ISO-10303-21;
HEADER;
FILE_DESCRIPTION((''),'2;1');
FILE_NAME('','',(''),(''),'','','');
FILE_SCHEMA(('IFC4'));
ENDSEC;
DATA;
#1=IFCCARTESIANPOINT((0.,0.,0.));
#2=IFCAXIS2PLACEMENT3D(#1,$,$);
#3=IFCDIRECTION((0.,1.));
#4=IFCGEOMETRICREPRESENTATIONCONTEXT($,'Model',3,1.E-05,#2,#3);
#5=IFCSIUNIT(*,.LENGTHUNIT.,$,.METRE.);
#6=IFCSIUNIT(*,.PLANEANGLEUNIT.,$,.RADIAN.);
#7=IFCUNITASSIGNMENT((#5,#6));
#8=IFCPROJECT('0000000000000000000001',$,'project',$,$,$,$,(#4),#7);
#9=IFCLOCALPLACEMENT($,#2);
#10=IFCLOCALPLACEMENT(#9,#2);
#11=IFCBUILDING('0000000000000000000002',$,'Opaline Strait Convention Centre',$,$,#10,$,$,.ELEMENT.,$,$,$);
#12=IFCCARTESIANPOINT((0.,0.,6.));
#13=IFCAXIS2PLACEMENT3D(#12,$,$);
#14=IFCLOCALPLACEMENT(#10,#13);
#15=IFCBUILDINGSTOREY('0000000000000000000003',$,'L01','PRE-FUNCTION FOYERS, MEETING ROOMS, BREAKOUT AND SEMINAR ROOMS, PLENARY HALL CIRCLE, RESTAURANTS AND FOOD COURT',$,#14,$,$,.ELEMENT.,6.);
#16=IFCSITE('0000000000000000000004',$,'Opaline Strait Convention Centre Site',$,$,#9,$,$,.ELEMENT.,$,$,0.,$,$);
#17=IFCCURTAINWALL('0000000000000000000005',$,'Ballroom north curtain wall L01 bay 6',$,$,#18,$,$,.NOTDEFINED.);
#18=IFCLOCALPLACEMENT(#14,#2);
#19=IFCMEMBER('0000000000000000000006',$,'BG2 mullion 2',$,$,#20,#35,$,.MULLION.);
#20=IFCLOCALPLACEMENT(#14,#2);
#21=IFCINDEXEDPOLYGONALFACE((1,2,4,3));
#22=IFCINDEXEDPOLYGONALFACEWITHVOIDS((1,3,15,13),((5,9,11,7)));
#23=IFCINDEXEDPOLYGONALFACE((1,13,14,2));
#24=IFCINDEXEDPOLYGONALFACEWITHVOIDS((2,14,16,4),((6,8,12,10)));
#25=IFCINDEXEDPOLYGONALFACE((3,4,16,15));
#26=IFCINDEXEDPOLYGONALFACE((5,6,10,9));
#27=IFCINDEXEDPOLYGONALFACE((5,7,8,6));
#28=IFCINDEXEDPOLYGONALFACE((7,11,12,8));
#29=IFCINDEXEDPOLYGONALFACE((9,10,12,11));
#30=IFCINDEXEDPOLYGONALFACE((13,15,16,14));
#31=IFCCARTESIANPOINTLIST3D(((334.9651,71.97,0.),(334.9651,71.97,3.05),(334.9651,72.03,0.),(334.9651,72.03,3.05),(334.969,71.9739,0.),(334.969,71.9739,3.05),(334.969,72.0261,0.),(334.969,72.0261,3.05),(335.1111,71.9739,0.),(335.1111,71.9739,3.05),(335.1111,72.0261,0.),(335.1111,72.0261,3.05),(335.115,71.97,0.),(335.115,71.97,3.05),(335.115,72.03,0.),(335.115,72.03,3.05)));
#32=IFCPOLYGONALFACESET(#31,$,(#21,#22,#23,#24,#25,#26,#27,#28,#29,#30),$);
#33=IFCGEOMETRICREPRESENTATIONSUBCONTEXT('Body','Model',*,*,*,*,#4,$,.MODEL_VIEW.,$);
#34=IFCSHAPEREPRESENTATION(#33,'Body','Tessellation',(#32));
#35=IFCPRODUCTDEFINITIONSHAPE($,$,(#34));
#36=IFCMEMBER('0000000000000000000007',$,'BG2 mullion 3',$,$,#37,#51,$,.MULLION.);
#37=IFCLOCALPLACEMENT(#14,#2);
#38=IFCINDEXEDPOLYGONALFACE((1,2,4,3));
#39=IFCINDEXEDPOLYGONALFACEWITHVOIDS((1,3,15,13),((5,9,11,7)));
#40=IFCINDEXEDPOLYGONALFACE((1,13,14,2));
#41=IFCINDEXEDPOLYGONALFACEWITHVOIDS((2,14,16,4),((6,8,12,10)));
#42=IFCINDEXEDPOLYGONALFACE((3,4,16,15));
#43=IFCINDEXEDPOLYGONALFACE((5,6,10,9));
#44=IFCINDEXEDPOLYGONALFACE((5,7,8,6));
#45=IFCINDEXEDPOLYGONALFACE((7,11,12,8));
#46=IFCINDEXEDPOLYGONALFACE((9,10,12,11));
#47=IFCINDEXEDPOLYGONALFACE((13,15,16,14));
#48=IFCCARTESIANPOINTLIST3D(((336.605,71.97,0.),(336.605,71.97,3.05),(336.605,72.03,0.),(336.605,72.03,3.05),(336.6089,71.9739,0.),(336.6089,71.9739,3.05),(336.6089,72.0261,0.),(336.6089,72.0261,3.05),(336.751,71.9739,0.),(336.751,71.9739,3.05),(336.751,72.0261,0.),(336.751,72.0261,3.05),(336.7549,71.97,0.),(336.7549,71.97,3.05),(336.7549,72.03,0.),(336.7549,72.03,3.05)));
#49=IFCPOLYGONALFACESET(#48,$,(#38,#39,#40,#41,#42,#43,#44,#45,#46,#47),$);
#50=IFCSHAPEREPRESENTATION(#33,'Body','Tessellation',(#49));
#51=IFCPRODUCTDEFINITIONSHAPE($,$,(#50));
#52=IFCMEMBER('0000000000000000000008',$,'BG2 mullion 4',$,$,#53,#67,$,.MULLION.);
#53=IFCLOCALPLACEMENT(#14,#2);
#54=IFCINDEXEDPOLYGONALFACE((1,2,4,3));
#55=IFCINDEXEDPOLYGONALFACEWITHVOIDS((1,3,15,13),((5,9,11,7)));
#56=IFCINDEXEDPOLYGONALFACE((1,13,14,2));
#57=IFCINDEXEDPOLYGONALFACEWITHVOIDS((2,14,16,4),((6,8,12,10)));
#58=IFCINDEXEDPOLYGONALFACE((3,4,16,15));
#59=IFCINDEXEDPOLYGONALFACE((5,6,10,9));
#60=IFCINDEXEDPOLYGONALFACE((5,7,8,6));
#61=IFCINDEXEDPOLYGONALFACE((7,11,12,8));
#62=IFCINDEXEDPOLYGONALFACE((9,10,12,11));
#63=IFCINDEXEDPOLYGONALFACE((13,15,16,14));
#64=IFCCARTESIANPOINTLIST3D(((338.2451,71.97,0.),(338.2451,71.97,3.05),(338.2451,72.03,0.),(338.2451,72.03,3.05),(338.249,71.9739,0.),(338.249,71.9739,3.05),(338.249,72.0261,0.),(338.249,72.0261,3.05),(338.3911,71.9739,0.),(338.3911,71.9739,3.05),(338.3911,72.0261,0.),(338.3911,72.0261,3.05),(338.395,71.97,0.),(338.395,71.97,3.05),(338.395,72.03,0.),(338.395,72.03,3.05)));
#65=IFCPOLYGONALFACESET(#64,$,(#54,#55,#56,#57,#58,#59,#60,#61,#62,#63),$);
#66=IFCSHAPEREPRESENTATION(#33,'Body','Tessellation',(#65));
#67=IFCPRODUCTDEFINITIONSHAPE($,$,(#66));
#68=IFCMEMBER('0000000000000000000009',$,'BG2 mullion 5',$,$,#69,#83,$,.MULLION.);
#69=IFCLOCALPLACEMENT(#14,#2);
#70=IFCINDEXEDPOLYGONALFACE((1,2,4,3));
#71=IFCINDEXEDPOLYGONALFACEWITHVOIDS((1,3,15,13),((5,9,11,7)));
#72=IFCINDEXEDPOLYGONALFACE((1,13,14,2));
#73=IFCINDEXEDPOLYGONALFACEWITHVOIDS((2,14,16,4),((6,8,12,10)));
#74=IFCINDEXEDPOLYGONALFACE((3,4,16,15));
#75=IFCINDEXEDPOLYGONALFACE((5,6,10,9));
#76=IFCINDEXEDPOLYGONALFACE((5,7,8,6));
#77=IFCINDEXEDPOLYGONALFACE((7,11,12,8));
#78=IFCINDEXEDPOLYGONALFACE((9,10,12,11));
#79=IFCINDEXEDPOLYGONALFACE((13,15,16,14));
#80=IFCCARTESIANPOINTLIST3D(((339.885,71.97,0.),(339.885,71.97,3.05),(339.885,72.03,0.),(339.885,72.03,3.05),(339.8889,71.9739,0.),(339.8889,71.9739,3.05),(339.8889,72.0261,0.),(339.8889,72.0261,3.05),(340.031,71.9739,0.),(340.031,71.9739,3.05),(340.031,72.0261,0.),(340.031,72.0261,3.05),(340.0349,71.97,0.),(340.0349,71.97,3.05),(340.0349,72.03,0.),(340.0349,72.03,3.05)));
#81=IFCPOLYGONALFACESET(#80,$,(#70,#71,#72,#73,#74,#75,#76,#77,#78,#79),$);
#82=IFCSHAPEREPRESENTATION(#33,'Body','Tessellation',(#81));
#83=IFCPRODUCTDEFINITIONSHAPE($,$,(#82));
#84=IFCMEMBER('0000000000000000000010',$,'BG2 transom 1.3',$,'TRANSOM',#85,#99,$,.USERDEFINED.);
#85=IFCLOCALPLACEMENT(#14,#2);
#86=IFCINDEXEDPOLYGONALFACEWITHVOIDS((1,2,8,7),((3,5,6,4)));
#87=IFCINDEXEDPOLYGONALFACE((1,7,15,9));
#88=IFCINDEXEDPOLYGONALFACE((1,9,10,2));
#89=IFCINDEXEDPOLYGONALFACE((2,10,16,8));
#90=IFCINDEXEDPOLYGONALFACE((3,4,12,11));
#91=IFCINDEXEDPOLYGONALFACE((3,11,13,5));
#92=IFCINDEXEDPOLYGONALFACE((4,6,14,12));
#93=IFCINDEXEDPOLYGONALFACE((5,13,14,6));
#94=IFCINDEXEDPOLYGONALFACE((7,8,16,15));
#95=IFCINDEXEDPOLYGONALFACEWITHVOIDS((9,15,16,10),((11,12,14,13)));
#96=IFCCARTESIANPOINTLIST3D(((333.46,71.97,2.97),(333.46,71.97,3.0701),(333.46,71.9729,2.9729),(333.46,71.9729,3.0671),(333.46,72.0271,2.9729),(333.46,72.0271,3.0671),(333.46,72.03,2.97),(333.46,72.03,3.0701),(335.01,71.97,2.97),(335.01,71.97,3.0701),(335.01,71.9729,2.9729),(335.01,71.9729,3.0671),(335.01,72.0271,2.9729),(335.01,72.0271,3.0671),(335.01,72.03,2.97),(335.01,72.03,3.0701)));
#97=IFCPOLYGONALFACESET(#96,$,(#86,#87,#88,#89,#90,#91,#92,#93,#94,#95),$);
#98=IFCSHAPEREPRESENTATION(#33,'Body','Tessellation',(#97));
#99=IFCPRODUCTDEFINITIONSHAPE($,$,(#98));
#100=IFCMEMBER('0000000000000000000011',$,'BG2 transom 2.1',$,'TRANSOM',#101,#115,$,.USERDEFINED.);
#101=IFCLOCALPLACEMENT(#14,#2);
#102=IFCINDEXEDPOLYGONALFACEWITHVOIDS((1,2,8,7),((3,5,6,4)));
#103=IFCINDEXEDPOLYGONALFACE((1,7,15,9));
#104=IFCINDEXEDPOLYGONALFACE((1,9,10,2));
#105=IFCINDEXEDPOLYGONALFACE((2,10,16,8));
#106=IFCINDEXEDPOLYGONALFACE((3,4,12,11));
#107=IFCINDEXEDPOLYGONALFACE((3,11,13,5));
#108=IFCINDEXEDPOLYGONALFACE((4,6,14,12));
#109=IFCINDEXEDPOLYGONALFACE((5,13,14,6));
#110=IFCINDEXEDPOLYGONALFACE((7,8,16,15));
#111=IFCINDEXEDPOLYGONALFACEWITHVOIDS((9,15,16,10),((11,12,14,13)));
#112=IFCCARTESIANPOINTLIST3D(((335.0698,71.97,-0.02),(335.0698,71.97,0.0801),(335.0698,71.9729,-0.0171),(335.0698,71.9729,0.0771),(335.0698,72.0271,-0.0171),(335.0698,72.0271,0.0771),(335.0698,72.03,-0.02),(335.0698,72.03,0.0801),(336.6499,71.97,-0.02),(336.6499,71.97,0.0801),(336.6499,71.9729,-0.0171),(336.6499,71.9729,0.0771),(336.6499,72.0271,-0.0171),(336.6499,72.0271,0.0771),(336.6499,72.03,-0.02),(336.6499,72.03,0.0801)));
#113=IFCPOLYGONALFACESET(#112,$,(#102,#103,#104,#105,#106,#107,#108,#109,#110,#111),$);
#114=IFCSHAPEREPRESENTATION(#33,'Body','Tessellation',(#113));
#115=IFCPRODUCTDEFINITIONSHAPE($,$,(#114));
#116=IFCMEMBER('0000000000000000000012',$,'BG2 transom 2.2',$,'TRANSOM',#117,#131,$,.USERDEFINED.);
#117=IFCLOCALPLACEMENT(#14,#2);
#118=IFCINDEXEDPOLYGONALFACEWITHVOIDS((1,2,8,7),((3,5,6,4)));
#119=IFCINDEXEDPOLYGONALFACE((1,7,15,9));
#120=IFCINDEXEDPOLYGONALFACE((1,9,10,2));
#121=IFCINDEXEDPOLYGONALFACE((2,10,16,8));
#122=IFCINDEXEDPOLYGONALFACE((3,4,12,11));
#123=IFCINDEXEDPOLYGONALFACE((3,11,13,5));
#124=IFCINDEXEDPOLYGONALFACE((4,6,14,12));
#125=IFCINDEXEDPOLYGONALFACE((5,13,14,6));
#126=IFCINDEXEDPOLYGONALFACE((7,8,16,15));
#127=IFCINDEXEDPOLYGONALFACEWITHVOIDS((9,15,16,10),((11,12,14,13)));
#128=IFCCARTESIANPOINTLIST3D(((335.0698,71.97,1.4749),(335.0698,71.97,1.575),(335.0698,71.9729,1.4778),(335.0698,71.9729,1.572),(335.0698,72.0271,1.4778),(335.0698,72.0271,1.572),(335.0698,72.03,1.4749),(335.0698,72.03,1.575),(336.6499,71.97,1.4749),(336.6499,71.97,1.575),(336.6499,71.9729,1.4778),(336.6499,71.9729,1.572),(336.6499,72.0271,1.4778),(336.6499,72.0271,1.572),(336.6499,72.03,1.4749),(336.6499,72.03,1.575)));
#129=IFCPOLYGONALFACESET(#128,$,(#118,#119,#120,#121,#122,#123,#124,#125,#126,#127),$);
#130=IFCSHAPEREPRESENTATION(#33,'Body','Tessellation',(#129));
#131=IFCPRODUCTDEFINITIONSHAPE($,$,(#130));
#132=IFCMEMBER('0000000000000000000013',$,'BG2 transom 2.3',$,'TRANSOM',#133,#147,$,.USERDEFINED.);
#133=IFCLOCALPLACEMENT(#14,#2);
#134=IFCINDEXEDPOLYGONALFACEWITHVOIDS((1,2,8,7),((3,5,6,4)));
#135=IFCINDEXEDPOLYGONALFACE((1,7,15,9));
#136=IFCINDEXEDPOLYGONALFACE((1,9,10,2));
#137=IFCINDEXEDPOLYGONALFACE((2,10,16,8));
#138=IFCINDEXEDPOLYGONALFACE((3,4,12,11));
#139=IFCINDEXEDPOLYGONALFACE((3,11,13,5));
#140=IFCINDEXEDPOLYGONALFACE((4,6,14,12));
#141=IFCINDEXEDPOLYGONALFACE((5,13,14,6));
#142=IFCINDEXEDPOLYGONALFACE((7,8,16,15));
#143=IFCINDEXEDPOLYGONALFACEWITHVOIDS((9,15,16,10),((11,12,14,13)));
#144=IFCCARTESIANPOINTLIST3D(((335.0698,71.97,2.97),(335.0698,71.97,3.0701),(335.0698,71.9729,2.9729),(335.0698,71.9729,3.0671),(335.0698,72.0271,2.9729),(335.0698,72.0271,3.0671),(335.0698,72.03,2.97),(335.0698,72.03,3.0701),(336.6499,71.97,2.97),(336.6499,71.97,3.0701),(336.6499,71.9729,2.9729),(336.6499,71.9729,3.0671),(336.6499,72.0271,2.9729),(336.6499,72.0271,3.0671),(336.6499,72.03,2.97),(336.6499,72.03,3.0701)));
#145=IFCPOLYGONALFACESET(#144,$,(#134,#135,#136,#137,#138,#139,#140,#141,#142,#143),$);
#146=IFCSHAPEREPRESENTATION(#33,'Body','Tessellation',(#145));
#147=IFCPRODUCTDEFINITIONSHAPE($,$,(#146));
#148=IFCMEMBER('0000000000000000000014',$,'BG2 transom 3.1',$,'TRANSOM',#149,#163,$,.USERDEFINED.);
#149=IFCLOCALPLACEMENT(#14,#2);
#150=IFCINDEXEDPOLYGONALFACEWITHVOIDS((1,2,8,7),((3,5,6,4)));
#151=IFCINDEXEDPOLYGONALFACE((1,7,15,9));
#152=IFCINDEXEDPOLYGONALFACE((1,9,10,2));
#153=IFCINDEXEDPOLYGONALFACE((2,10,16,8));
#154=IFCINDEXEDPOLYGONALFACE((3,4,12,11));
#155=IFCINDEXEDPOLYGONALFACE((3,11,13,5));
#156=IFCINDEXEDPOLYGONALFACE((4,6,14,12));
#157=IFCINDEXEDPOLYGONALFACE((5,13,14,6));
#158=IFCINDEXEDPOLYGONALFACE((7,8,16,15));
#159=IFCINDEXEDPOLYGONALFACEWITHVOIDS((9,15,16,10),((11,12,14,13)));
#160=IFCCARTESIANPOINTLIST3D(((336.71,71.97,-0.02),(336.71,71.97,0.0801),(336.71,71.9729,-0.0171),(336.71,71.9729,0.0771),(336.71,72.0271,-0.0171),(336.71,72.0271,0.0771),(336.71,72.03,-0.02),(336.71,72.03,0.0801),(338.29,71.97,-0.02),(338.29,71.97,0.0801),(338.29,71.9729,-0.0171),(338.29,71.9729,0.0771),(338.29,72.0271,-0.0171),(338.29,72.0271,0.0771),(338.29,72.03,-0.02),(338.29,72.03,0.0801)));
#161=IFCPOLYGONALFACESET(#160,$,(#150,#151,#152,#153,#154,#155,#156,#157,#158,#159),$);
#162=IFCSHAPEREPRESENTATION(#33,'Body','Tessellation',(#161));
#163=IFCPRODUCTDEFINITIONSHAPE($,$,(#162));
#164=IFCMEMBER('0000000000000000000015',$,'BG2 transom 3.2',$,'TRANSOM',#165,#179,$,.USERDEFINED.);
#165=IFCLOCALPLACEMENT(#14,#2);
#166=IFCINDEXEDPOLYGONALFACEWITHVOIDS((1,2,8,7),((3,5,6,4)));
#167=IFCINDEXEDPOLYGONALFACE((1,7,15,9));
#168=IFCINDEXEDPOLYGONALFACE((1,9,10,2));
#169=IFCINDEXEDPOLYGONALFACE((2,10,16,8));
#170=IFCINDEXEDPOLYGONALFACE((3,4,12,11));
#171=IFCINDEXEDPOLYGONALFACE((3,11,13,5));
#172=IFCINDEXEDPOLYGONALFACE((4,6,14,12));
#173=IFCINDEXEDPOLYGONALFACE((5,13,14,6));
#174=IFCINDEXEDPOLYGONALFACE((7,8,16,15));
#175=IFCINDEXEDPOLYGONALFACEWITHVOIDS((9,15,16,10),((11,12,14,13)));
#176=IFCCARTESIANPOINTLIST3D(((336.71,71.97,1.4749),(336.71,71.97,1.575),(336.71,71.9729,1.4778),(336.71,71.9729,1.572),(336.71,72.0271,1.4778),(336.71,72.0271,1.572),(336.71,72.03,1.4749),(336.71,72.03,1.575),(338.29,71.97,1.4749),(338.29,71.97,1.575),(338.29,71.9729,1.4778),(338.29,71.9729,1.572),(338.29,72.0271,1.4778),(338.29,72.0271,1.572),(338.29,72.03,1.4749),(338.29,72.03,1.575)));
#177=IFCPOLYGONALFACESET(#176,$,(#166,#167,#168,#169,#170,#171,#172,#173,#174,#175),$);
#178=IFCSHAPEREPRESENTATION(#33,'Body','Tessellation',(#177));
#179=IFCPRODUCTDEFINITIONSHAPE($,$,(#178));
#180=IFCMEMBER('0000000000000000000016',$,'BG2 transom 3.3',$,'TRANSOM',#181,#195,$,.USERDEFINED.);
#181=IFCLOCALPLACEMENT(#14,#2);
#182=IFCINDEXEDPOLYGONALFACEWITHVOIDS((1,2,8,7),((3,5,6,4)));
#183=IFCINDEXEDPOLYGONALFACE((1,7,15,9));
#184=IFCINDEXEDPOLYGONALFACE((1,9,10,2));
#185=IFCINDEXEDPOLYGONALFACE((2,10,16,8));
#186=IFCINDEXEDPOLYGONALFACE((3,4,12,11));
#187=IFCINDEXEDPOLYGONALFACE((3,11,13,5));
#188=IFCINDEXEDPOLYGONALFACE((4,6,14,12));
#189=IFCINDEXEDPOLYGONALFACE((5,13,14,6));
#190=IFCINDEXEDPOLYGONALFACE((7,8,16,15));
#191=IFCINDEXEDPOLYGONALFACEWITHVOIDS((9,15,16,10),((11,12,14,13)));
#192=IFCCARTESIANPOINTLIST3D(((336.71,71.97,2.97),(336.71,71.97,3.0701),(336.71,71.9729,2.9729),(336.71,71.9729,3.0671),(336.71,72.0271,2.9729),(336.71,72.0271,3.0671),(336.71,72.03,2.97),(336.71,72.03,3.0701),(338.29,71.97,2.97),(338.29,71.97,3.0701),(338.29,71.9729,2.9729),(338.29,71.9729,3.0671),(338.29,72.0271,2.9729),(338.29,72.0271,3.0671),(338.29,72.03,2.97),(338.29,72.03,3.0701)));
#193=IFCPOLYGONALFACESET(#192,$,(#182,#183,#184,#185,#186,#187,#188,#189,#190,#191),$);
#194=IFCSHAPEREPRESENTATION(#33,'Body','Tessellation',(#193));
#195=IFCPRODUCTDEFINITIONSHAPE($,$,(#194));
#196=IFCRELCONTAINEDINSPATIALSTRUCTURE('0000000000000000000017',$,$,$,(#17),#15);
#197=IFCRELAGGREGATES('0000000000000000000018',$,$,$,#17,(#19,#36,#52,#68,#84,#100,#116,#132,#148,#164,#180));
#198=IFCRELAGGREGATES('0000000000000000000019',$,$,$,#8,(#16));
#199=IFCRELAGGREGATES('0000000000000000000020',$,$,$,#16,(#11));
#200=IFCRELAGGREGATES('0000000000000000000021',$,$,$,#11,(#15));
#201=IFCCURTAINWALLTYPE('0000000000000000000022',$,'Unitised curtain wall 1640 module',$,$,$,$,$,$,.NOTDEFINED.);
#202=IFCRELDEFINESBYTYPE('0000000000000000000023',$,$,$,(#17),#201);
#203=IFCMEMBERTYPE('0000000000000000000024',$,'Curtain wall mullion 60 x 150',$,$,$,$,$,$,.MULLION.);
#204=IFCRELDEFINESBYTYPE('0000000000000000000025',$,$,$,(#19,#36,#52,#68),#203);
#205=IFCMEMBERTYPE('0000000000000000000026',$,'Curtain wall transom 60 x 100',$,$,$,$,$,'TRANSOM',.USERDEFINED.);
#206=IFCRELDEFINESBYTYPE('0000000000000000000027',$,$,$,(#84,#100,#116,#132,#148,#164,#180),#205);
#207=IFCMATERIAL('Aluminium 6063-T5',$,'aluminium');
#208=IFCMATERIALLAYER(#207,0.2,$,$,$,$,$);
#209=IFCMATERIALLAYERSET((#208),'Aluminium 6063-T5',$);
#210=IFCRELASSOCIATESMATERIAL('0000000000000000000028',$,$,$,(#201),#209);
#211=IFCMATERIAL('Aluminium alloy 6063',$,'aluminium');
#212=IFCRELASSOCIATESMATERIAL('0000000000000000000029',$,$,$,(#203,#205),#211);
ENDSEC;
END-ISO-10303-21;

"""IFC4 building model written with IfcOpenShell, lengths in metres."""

from ifc_helpers import new_model, si_unit, direction, frame, origin, origin_2d, place, context, subcontext, project, spatial, hollow_rectangle, extrude, material, layer, layer_set, material_profile, profile_set, type_object, element, aggregate, save


model = new_model("IFC4")

# Units and contexts
model_context = context("Model", 3, precision=1e-05, world=origin(), true_north=direction((0.0, 1.0)))
body_context = subcontext(model_context, "Body", "Model", "MODEL_VIEW")
ifc_project = project(units=[si_unit("LENGTHUNIT", "METRE"), si_unit("PLANEANGLEUNIT", "RADIAN")], contexts=[model_context])

# Site, building, storey
site_placement = place(None, origin())
site = spatial("IfcSite", under=ifc_project, at=site_placement, Name="Opaline Strait Convention Centre Site", CompositionType="ELEMENT", RefElevation=0.0)
building_placement = place(site_placement, origin())
building = spatial("IfcBuilding", under=site, at=building_placement, Name="Opaline Strait Convention Centre", CompositionType="ELEMENT")
storey_placement = place(building_placement, frame((0.0, 0.0, 6.0)))
storey = spatial("IfcBuildingStorey", under=building, at=storey_placement, Name="L01", Description="PRE-FUNCTION FOYERS, MEETING ROOMS, BREAKOUT AND SEMINAR ROOMS, PLENARY HALL CIRCLE, RESTAURANTS AND FOOD COURT", CompositionType="ELEMENT", Elevation=6.0)

# Curtain wall, members
ifc_material_1 = material(Name="Aluminium 6063-T5", Category="aluminium")
ifc_layer_1 = layer(ifc_material_1, 0.2)
ifc_layer_set_1 = layer_set([ifc_layer_1], Name="Aluminium 6063-T5")
curtain_wall_type = type_object("IfcCurtainWallType", Name="Unitised curtain wall 1640 module", PredefinedType="NOTDEFINED", material=ifc_layer_set_1)
curtain_wall_placement = place(storey_placement, origin())
curtain_wall = element("IfcCurtainWall", 1, at=curtain_wall_placement, inside=storey, type_object=curtain_wall_type, Name="Ballroom north curtain wall L01 bay 6", PredefinedType="NOTDEFINED")
ifc_material_2 = material(Name="Aluminium alloy 6063", Category="aluminium")
ifc_material_profile_1 = material_profile(ifc_material_2, hollow_rectangle(XDim=0.0601, YDim=0.1499, WallThickness=0.0039, at=origin_2d()), Name="MULLION 60x150x4")
ifc_profile_set_1 = profile_set([ifc_material_profile_1], Name="Aluminium alloy 6063")
member_type_1 = type_object("IfcMemberType", Name="Curtain wall mullion 60 x 150", PredefinedType="MULLION", material=ifc_profile_set_1)
member_1_placement = place(storey_placement, frame((335.04, 72.0, 0.0), z_axis=(0.0, 0.0, 1.0), x_axis=(0.0, 1.0, 0.0)))
member_1 = element("IfcMember", 2, at=member_1_placement, type_object=member_type_1, Name="BG2 mullion 2", PredefinedType="MULLION", context=body_context, shape_type="SweptSolid", body=[
    extrude(hollow_rectangle(XDim=0.0601, YDim=0.1499, WallThickness=0.0039, at=origin_2d()), origin(), (0.0, 0.0, 1.0), 3.05),
])
member_2_placement = place(storey_placement, frame((336.6799, 72.0, 0.0), z_axis=(0.0, 0.0, 1.0), x_axis=(0.0, 1.0, 0.0)))
member_2 = element("IfcMember", 3, at=member_2_placement, type_object=member_type_1, Name="BG2 mullion 3", PredefinedType="MULLION", context=body_context, shape_type="SweptSolid", body=[
    extrude(hollow_rectangle(XDim=0.0601, YDim=0.1499, WallThickness=0.0039, at=origin_2d()), origin(), (0.0, 0.0, 1.0), 3.05),
])
member_3_placement = place(storey_placement, frame((338.3201, 72.0, 0.0), z_axis=(0.0, 0.0, 1.0), x_axis=(0.0, 1.0, 0.0)))
member_3 = element("IfcMember", 4, at=member_3_placement, type_object=member_type_1, Name="BG2 mullion 4", PredefinedType="MULLION", context=body_context, shape_type="SweptSolid", body=[
    extrude(hollow_rectangle(XDim=0.0601, YDim=0.1499, WallThickness=0.0039, at=origin_2d()), origin(), (0.0, 0.0, 1.0), 3.05),
])
member_4_placement = place(storey_placement, frame((339.96, 72.0, 0.0), z_axis=(0.0, 0.0, 1.0), x_axis=(0.0, 1.0, 0.0)))
member_4 = element("IfcMember", 5, at=member_4_placement, type_object=member_type_1, Name="BG2 mullion 5", PredefinedType="MULLION", context=body_context, shape_type="SweptSolid", body=[
    extrude(hollow_rectangle(XDim=0.0601, YDim=0.1499, WallThickness=0.0039, at=origin_2d()), origin(), (0.0, 0.0, 1.0), 3.05),
])
ifc_material_profile_2 = material_profile(ifc_material_2, hollow_rectangle(XDim=0.0601, YDim=0.1001, WallThickness=0.0029, at=origin_2d()), Name="TRANSOM 60x100x3")
ifc_profile_set_2 = profile_set([ifc_material_profile_2], Name="Aluminium alloy 6063")
member_type_2 = type_object("IfcMemberType", Name="Curtain wall transom 60 x 100", ElementType="TRANSOM", PredefinedType="USERDEFINED", material=ifc_profile_set_2)
member_5_placement = place(storey_placement, frame((333.46, 72.0, 3.02), z_axis=(1.0, 0.0, 0.0), x_axis=(0.0, 1.0, 0.0)))
member_5 = element("IfcMember", 6, at=member_5_placement, type_object=member_type_2, Name="BG2 transom 1.3", ObjectType="TRANSOM", PredefinedType="USERDEFINED", context=body_context, shape_type="SweptSolid", body=[
    extrude(hollow_rectangle(XDim=0.0601, YDim=0.1001, WallThickness=0.0029, at=origin_2d()), origin(), (0.0, 0.0, 1.0), 1.55),
])
member_6_placement = place(storey_placement, frame((335.0698, 72.0, 0.03), z_axis=(1.0, 0.0, 0.0), x_axis=(0.0, 1.0, 0.0)))
member_6 = element("IfcMember", 7, at=member_6_placement, type_object=member_type_2, Name="BG2 transom 2.1", ObjectType="TRANSOM", PredefinedType="USERDEFINED", context=body_context, shape_type="SweptSolid", body=[
    extrude(hollow_rectangle(XDim=0.0601, YDim=0.1001, WallThickness=0.0029, at=origin_2d()), origin(), (0.0, 0.0, 1.0), 1.5801),
])
member_7_placement = place(storey_placement, frame((335.0698, 72.0, 1.5249), z_axis=(1.0, 0.0, 0.0), x_axis=(0.0, 1.0, 0.0)))
member_7 = element("IfcMember", 8, at=member_7_placement, type_object=member_type_2, Name="BG2 transom 2.2", ObjectType="TRANSOM", PredefinedType="USERDEFINED", context=body_context, shape_type="SweptSolid", body=[
    extrude(hollow_rectangle(XDim=0.0601, YDim=0.1001, WallThickness=0.0029, at=origin_2d()), origin(), (0.0, 0.0, 1.0), 1.5801),
])
member_8_placement = place(storey_placement, frame((335.0698, 72.0, 3.02), z_axis=(1.0, 0.0, 0.0), x_axis=(0.0, 1.0, 0.0)))
member_8 = element("IfcMember", 9, at=member_8_placement, type_object=member_type_2, Name="BG2 transom 2.3", ObjectType="TRANSOM", PredefinedType="USERDEFINED", context=body_context, shape_type="SweptSolid", body=[
    extrude(hollow_rectangle(XDim=0.0601, YDim=0.1001, WallThickness=0.0029, at=origin_2d()), origin(), (0.0, 0.0, 1.0), 1.5801),
])
member_9_placement = place(storey_placement, frame((336.71, 72.0, 0.03), z_axis=(1.0, 0.0, 0.0), x_axis=(0.0, 1.0, 0.0)))
member_9 = element("IfcMember", 10, at=member_9_placement, type_object=member_type_2, Name="BG2 transom 3.1", ObjectType="TRANSOM", PredefinedType="USERDEFINED", context=body_context, shape_type="SweptSolid", body=[
    extrude(hollow_rectangle(XDim=0.0601, YDim=0.1001, WallThickness=0.0029, at=origin_2d()), origin(), (0.0, 0.0, 1.0), 1.5801),
])
member_10_placement = place(storey_placement, frame((336.71, 72.0, 1.5249), z_axis=(1.0, 0.0, 0.0), x_axis=(0.0, 1.0, 0.0)))
member_10 = element("IfcMember", 11, at=member_10_placement, type_object=member_type_2, Name="BG2 transom 3.2", ObjectType="TRANSOM", PredefinedType="USERDEFINED", context=body_context, shape_type="SweptSolid", body=[
    extrude(hollow_rectangle(XDim=0.0601, YDim=0.1001, WallThickness=0.0029, at=origin_2d()), origin(), (0.0, 0.0, 1.0), 1.5801),
])
member_11_placement = place(storey_placement, frame((336.71, 72.0, 3.02), z_axis=(1.0, 0.0, 0.0), x_axis=(0.0, 1.0, 0.0)))
member_11 = element("IfcMember", 12, at=member_11_placement, type_object=member_type_2, Name="BG2 transom 3.3", ObjectType="TRANSOM", PredefinedType="USERDEFINED", context=body_context, shape_type="SweptSolid", body=[
    extrude(hollow_rectangle(XDim=0.0601, YDim=0.1001, WallThickness=0.0029, at=origin_2d()), origin(), (0.0, 0.0, 1.0), 1.5801),
])
aggregate(curtain_wall, [member_1, member_2, member_3, member_4, member_5, member_6, member_7, member_8, member_9, member_10, member_11])

save(model, "model.ifc")
